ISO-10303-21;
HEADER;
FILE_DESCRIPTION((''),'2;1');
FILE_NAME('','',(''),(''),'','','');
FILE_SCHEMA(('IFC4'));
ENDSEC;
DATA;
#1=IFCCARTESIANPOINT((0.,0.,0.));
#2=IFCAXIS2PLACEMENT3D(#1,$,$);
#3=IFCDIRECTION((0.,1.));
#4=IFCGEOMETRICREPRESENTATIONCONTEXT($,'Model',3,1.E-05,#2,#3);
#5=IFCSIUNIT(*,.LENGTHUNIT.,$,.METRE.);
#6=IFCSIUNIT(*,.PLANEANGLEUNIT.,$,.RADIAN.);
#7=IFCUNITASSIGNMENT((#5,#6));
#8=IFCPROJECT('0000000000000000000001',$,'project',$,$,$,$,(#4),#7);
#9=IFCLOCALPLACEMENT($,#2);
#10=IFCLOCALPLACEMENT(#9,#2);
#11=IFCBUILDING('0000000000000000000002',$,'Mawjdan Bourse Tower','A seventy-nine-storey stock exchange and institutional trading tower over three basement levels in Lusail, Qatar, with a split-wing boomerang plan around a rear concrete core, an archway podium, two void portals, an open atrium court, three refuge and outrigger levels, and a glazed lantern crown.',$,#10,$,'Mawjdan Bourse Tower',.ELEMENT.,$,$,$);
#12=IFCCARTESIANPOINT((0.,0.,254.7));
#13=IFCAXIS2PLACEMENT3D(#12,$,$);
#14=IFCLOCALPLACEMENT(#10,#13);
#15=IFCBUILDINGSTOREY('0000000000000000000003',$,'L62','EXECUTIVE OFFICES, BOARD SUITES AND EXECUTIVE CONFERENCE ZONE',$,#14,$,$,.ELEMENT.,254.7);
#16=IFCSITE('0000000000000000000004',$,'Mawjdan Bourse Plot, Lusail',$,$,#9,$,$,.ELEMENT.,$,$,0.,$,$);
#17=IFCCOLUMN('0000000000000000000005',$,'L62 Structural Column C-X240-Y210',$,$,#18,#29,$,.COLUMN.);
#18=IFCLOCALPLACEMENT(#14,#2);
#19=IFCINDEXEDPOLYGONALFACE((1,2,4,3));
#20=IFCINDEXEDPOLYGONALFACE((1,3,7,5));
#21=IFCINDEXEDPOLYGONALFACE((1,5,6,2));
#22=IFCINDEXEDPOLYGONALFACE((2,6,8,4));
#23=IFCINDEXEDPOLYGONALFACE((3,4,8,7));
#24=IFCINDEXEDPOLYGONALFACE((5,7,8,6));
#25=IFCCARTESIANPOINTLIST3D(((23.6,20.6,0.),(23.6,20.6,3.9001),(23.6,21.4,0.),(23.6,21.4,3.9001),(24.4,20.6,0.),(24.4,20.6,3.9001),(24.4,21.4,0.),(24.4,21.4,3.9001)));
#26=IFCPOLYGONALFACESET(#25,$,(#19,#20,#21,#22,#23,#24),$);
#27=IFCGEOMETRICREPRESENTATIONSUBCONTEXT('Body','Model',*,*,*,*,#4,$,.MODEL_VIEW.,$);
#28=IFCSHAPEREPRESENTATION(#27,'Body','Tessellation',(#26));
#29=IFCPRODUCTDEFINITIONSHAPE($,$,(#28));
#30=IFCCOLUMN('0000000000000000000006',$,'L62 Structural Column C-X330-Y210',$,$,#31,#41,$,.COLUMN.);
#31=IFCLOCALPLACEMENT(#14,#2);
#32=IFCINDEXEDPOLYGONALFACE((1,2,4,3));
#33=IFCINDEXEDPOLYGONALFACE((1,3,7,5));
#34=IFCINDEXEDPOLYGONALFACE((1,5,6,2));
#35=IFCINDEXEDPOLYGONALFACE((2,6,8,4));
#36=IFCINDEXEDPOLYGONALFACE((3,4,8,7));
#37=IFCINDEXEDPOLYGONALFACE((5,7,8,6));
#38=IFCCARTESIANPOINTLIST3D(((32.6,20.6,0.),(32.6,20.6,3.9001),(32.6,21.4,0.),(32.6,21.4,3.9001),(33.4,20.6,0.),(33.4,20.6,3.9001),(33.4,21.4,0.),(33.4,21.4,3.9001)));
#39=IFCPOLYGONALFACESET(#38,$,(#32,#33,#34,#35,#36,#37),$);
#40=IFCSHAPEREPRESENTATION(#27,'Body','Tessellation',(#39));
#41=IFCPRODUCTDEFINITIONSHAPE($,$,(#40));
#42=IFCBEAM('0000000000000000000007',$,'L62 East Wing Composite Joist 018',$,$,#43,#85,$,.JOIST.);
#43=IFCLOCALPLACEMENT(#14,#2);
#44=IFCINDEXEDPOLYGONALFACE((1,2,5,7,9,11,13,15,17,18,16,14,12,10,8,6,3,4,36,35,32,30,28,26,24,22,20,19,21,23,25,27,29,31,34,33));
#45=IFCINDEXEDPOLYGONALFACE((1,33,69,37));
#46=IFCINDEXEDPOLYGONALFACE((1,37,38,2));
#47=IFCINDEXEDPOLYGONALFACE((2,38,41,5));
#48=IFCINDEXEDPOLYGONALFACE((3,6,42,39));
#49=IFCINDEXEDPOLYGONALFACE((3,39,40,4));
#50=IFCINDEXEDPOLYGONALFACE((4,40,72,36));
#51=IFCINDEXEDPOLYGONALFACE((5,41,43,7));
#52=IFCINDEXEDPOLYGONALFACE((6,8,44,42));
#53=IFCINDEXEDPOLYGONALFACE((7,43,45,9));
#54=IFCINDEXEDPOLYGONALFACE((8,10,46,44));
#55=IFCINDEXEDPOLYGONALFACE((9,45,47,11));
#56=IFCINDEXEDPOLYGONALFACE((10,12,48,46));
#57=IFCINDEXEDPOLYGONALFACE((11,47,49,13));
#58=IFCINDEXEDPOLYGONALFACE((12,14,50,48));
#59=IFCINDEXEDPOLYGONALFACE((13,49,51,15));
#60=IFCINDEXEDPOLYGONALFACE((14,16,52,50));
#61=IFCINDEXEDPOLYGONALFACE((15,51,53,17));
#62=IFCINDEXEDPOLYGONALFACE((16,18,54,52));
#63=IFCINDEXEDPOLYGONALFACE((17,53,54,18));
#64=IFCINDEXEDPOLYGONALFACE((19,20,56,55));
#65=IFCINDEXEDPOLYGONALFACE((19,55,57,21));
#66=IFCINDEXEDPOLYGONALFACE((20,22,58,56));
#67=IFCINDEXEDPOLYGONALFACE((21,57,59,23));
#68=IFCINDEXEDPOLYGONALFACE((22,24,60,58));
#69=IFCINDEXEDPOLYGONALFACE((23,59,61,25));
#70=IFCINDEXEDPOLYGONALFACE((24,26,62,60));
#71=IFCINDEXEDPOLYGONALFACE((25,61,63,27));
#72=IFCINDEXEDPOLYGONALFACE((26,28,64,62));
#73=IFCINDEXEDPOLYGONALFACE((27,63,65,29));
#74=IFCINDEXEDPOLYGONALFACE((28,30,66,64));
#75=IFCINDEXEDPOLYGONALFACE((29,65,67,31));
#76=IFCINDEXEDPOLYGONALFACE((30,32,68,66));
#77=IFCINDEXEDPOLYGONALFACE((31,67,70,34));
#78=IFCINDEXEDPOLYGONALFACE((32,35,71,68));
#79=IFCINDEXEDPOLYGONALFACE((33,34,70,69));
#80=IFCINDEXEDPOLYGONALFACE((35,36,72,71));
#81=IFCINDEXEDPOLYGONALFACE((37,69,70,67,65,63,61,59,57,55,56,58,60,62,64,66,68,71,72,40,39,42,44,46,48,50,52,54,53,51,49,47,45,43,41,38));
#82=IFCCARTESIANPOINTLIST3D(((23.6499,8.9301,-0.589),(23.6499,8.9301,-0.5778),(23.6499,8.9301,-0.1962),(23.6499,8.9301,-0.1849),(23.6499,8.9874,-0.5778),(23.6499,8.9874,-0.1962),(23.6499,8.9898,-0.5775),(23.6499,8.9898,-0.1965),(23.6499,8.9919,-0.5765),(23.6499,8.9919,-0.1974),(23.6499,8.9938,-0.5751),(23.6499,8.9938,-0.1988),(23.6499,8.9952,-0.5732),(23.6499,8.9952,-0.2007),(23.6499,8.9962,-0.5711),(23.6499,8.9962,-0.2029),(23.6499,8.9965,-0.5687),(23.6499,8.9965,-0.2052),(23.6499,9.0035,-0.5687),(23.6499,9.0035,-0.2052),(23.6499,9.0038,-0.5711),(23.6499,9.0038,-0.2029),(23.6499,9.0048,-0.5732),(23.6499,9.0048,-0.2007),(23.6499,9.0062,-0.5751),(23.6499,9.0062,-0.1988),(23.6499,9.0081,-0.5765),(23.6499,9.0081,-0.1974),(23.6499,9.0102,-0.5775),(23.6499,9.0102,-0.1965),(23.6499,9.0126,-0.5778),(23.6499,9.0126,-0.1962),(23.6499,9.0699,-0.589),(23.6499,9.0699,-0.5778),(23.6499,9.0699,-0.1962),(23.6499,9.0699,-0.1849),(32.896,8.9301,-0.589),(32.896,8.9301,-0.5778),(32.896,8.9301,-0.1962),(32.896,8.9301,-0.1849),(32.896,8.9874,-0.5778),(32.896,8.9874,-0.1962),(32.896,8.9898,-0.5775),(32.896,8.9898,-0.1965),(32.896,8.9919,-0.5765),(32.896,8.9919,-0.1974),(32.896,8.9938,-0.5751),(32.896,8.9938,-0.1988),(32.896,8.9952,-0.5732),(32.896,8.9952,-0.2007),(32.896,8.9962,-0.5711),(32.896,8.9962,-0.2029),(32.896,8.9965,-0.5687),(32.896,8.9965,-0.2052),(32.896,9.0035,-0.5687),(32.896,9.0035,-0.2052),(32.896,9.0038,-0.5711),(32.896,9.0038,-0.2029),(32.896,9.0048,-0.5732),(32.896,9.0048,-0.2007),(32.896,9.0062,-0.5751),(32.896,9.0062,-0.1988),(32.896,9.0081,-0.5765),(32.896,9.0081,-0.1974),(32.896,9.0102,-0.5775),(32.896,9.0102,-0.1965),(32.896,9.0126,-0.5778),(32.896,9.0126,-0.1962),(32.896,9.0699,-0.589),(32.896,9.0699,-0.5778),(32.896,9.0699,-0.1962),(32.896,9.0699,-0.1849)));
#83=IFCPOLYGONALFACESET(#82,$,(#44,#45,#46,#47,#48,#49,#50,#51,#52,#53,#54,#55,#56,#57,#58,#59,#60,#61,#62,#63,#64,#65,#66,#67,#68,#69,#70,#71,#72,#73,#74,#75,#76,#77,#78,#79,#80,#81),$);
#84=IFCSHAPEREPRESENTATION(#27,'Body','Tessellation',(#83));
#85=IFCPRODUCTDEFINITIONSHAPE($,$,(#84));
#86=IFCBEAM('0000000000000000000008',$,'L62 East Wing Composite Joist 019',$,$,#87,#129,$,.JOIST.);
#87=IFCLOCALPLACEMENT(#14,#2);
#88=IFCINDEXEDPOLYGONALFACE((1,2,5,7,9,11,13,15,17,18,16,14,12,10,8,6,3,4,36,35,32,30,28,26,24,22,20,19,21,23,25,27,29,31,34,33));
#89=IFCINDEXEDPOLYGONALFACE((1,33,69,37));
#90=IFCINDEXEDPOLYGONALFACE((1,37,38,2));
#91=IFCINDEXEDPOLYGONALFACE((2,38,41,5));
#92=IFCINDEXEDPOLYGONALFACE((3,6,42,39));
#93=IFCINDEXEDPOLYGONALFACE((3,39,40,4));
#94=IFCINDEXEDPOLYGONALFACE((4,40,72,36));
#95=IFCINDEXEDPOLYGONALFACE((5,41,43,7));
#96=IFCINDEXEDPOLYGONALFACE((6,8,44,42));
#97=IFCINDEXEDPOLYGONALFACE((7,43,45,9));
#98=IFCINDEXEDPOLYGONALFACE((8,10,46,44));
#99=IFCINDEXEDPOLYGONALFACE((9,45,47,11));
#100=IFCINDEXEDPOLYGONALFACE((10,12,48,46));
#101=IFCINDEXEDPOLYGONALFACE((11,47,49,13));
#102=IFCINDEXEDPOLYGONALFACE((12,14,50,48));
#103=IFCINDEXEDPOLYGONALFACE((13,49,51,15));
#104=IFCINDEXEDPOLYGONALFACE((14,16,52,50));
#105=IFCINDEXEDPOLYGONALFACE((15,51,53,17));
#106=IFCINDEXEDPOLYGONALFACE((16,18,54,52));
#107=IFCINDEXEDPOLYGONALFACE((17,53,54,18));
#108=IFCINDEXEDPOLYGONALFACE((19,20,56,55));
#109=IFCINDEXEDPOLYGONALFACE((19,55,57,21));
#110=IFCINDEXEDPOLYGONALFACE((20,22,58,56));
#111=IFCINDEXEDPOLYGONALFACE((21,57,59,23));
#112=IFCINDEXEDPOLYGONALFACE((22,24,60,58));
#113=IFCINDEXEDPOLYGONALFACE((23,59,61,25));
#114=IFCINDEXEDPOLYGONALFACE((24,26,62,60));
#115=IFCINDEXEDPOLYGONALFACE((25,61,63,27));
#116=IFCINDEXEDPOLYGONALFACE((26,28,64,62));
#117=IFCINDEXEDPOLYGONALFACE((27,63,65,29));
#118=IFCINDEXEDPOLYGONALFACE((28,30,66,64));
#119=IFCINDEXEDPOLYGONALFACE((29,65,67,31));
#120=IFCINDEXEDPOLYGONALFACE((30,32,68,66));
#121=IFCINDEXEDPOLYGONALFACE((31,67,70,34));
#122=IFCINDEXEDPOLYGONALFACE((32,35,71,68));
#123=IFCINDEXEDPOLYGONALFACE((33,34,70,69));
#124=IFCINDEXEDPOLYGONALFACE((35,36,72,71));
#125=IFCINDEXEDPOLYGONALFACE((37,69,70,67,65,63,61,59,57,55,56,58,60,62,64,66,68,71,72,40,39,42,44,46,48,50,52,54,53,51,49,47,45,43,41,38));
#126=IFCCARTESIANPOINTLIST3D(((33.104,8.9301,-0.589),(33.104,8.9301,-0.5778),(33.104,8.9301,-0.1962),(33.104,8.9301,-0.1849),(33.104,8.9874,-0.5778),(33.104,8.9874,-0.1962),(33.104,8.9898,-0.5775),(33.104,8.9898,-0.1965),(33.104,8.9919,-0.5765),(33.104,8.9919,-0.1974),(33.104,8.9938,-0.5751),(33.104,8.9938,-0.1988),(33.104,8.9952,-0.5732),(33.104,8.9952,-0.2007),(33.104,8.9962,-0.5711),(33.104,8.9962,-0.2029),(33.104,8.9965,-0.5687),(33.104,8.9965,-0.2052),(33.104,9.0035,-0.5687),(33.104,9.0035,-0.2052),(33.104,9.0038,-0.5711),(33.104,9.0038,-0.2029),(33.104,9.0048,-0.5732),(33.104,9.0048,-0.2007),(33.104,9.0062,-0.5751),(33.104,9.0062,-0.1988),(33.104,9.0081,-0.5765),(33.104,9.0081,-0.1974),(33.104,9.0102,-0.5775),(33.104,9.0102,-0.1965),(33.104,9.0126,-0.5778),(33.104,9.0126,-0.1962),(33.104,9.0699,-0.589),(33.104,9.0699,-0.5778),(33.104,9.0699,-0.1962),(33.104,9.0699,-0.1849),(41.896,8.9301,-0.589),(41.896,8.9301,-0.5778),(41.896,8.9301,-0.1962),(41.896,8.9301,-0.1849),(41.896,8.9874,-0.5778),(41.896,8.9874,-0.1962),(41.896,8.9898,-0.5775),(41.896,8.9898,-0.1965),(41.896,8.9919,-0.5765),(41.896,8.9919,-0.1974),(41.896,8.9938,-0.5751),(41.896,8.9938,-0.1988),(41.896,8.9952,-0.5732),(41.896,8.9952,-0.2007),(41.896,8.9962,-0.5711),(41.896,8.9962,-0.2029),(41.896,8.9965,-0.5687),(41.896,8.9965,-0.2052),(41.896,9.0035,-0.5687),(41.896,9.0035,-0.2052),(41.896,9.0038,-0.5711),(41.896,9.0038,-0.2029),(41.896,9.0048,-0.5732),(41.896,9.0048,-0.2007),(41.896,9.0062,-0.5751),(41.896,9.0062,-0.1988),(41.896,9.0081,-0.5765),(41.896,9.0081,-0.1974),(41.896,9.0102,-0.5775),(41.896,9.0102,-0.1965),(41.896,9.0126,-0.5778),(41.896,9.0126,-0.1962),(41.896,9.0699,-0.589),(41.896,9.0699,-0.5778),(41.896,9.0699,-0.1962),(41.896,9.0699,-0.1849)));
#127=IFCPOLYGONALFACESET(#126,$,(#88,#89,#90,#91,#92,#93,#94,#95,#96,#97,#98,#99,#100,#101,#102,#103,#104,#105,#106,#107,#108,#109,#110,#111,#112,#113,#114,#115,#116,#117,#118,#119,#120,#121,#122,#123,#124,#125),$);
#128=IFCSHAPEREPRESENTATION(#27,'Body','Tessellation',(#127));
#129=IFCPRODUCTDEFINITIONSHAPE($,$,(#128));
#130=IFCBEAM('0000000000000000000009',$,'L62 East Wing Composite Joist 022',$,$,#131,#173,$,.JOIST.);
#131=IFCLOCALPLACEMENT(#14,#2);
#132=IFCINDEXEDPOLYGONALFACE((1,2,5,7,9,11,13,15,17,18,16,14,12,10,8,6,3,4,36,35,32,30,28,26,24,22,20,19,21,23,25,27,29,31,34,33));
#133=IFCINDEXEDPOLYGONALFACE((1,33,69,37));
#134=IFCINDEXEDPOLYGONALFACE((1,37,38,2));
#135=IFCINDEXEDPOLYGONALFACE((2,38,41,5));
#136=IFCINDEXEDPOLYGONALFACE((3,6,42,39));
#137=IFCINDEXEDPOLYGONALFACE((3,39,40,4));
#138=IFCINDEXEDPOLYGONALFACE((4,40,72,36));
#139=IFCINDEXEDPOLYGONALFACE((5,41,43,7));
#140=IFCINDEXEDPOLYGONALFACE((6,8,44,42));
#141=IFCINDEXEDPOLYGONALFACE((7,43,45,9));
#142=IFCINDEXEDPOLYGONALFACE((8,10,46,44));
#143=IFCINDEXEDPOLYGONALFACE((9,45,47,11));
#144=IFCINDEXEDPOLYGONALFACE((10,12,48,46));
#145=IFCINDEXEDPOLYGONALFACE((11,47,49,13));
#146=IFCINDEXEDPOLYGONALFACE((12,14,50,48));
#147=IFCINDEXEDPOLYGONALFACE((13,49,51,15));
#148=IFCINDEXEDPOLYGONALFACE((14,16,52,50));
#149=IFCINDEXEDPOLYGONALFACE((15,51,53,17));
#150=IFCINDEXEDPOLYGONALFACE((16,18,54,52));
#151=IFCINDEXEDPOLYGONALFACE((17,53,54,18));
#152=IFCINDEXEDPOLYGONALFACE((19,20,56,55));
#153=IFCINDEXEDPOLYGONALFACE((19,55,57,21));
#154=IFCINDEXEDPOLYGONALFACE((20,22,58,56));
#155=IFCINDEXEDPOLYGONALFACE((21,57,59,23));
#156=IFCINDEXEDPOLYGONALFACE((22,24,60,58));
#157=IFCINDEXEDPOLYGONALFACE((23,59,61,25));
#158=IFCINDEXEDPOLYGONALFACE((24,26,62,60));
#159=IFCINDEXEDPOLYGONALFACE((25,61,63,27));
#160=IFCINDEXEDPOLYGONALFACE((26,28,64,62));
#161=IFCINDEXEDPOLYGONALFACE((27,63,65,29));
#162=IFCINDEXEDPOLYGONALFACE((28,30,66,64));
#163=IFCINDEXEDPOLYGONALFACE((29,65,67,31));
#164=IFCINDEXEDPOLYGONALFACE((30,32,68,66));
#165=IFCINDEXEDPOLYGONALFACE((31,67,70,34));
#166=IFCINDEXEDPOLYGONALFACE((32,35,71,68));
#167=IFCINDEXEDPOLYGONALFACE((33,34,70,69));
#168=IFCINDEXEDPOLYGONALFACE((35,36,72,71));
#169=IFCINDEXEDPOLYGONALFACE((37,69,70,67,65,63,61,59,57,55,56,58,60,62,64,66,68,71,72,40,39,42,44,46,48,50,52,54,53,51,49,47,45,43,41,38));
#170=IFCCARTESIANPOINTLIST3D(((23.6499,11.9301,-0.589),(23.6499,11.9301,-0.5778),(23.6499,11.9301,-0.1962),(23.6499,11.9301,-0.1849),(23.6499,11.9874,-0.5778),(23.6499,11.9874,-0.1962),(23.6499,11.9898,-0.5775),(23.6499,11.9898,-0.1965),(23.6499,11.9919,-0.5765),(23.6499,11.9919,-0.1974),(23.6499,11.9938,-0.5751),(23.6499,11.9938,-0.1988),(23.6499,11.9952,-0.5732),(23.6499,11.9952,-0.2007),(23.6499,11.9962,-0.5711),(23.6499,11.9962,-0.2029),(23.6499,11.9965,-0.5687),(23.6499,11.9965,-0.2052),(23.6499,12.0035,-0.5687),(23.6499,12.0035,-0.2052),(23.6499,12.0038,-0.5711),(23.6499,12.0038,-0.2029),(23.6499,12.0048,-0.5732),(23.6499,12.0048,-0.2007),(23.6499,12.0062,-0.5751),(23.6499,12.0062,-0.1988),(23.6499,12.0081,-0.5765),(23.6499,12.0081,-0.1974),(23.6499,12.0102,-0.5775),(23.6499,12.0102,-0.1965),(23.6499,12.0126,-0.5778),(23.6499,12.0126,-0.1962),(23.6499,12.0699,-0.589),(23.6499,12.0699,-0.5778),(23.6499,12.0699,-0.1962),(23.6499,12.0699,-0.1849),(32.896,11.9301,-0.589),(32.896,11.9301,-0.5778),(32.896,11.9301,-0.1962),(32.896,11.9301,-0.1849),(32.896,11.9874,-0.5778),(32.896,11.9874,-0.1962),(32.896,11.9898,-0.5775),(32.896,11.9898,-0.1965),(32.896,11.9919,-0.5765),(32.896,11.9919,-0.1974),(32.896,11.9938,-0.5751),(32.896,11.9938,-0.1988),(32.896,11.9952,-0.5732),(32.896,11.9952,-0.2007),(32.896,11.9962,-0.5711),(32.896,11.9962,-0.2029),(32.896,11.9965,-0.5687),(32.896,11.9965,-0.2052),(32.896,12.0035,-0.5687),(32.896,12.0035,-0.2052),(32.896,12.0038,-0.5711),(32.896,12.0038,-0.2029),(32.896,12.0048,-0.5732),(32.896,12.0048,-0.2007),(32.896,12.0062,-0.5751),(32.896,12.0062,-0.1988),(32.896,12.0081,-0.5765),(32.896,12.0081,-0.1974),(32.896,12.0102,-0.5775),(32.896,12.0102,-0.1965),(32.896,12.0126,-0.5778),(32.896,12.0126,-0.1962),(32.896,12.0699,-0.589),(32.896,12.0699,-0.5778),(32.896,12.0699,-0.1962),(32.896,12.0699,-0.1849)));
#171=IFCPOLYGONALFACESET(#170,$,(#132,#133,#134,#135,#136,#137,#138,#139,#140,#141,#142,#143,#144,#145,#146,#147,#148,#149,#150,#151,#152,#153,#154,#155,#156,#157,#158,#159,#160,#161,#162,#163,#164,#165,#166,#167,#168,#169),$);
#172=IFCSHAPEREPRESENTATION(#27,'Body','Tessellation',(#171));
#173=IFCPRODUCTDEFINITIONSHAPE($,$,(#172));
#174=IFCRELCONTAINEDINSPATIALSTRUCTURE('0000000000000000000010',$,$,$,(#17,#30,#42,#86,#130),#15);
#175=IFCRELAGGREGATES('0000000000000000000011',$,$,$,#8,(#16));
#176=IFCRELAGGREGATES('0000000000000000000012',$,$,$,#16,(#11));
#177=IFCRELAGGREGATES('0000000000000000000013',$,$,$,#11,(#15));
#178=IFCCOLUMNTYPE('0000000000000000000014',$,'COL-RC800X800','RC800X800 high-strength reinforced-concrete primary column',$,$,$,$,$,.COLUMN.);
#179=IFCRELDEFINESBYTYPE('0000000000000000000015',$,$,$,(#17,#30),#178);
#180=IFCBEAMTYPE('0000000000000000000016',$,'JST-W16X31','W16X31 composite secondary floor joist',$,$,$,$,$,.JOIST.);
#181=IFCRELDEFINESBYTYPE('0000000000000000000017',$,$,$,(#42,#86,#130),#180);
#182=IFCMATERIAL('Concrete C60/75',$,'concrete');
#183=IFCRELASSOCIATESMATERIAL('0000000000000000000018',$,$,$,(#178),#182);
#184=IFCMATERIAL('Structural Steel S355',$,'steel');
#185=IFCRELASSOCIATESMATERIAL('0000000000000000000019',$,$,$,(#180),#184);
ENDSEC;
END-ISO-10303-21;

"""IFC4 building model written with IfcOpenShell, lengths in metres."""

from ifc_helpers import new_model, si_unit, direction, frame, origin, origin_2d, place, context, subcontext, project, spatial, rectangle, i_section, extrude, material, material_profile, profile_set, type_object, element, save


model = new_model("IFC4")

# Units and contexts
model_context = context("Model", 3, precision=1e-05, world=origin(), true_north=direction((0.0, 1.0)))
body_context = subcontext(model_context, "Body", "Model", "MODEL_VIEW")
ifc_project = project(units=[si_unit("LENGTHUNIT", "METRE"), si_unit("PLANEANGLEUNIT", "RADIAN")], contexts=[model_context])

# Site, building, storey
site_placement = place(None, origin())
site = spatial("IfcSite", under=ifc_project, at=site_placement, Name="Mawjdan Bourse Plot, Lusail", CompositionType="ELEMENT", RefElevation=0.0)
building_placement = place(site_placement, origin())
building = spatial("IfcBuilding", under=site, at=building_placement, Name="Mawjdan Bourse Tower", Description="A seventy-nine-storey stock exchange and institutional trading tower over three basement levels in Lusail, Qatar, with a split-wing boomerang plan around a rear concrete core, an archway podium, two void portals, an open atrium court, three refuge and outrigger levels, and a glazed lantern crown.", LongName="Mawjdan Bourse Tower", CompositionType="ELEMENT")
storey_placement = place(building_placement, frame((0.0, 0.0, 254.7)))
storey = spatial("IfcBuildingStorey", under=building, at=storey_placement, Name="L62", Description="EXECUTIVE OFFICES, BOARD SUITES AND EXECUTIVE CONFERENCE ZONE", CompositionType="ELEMENT", Elevation=254.7)

# Columns
ifc_material_1 = material(Name="Concrete C60/75", Category="concrete")
ifc_material_profile_1 = material_profile(ifc_material_1, rectangle(XDim=0.8, YDim=0.8, at=origin_2d()), Name="RC800X800")
ifc_profile_set_1 = profile_set([ifc_material_profile_1], Name="Concrete C60/75")
column_type = type_object("IfcColumnType", Name="COL-RC800X800", Description="RC800X800 high-strength reinforced-concrete primary column", PredefinedType="COLUMN", material=ifc_profile_set_1)
for number, where, z_axis, x_axis, name in (
    (1, (24.0, 21.0, 0.0), (0.0, 0.0, 1.0), (1.0, 0.0, 0.0), "L62 Structural Column C-X240-Y210"),
    (2, (33.0, 21.0, 0.0), (0.0, 0.0, 1.0), (1.0, 0.0, 0.0), "L62 Structural Column C-X330-Y210"),
):
    element("IfcColumn", number, at=place(storey_placement, frame(where, z_axis=z_axis, x_axis=x_axis)), inside=storey, type_object=column_type, Name=name, PredefinedType="COLUMN", context=body_context, shape_type="SweptSolid", body=[
        extrude(rectangle(XDim=0.8, YDim=0.8, at=origin_2d()), origin(), (0.0, 0.0, 1.0), 3.9001),
    ])

# Beams
ifc_material_2 = material(Name="Structural Steel S355", Category="steel")
ifc_material_profile_2 = material_profile(ifc_material_2, i_section(OverallWidth=0.1399, OverallDepth=0.4041, WebThickness=0.0071, FlangeThickness=0.0112, FilletRadius=0.009, at=origin_2d()), Name="W16X31")
ifc_profile_set_2 = profile_set([ifc_material_profile_2], Name="Structural Steel S355")
beam_type_1 = type_object("IfcBeamType", Name="JST-W16X31", Description="W16X31 composite secondary floor joist", PredefinedType="JOIST", material=ifc_profile_set_2)
beam_1_placement = place(storey_placement, frame((23.6499, 9.0, -0.387), z_axis=(1.0, 0.0, 0.0), x_axis=(0.0, 1.0, 0.0)))
element("IfcBeam", 3, at=beam_1_placement, inside=storey, type_object=beam_type_1, Name="L62 East Wing Composite Joist 018", PredefinedType="JOIST", context=body_context, shape_type="SweptSolid", body=[
    extrude(i_section(OverallWidth=0.1399, OverallDepth=0.4041, WebThickness=0.0071, FlangeThickness=0.0112, FilletRadius=0.009, at=origin_2d()), origin(), (0.0, 0.0, 1.0), 9.2461),
])
beam_2_placement = place(storey_placement, frame((33.104, 9.0, -0.387), z_axis=(1.0, 0.0, 0.0), x_axis=(0.0, 1.0, 0.0)))
element("IfcBeam", 4, at=beam_2_placement, inside=storey, type_object=beam_type_1, Name="L62 East Wing Composite Joist 019", PredefinedType="JOIST", context=body_context, shape_type="SweptSolid", body=[
    extrude(i_section(OverallWidth=0.1399, OverallDepth=0.4041, WebThickness=0.0071, FlangeThickness=0.0112, FilletRadius=0.009, at=origin_2d()), origin(), (0.0, 0.0, 1.0), 8.792),
])
beam_3_placement = place(storey_placement, frame((23.6499, 12.0, -0.387), z_axis=(1.0, 0.0, 0.0), x_axis=(0.0, 1.0, 0.0)))
element("IfcBeam", 5, at=beam_3_placement, inside=storey, type_object=beam_type_1, Name="L62 East Wing Composite Joist 022", PredefinedType="JOIST", context=body_context, shape_type="SweptSolid", body=[
    extrude(i_section(OverallWidth=0.1399, OverallDepth=0.4041, WebThickness=0.0071, FlangeThickness=0.0112, FilletRadius=0.009, at=origin_2d()), origin(), (0.0, 0.0, 1.0), 9.2461),
])

save(model, "model.ifc")
